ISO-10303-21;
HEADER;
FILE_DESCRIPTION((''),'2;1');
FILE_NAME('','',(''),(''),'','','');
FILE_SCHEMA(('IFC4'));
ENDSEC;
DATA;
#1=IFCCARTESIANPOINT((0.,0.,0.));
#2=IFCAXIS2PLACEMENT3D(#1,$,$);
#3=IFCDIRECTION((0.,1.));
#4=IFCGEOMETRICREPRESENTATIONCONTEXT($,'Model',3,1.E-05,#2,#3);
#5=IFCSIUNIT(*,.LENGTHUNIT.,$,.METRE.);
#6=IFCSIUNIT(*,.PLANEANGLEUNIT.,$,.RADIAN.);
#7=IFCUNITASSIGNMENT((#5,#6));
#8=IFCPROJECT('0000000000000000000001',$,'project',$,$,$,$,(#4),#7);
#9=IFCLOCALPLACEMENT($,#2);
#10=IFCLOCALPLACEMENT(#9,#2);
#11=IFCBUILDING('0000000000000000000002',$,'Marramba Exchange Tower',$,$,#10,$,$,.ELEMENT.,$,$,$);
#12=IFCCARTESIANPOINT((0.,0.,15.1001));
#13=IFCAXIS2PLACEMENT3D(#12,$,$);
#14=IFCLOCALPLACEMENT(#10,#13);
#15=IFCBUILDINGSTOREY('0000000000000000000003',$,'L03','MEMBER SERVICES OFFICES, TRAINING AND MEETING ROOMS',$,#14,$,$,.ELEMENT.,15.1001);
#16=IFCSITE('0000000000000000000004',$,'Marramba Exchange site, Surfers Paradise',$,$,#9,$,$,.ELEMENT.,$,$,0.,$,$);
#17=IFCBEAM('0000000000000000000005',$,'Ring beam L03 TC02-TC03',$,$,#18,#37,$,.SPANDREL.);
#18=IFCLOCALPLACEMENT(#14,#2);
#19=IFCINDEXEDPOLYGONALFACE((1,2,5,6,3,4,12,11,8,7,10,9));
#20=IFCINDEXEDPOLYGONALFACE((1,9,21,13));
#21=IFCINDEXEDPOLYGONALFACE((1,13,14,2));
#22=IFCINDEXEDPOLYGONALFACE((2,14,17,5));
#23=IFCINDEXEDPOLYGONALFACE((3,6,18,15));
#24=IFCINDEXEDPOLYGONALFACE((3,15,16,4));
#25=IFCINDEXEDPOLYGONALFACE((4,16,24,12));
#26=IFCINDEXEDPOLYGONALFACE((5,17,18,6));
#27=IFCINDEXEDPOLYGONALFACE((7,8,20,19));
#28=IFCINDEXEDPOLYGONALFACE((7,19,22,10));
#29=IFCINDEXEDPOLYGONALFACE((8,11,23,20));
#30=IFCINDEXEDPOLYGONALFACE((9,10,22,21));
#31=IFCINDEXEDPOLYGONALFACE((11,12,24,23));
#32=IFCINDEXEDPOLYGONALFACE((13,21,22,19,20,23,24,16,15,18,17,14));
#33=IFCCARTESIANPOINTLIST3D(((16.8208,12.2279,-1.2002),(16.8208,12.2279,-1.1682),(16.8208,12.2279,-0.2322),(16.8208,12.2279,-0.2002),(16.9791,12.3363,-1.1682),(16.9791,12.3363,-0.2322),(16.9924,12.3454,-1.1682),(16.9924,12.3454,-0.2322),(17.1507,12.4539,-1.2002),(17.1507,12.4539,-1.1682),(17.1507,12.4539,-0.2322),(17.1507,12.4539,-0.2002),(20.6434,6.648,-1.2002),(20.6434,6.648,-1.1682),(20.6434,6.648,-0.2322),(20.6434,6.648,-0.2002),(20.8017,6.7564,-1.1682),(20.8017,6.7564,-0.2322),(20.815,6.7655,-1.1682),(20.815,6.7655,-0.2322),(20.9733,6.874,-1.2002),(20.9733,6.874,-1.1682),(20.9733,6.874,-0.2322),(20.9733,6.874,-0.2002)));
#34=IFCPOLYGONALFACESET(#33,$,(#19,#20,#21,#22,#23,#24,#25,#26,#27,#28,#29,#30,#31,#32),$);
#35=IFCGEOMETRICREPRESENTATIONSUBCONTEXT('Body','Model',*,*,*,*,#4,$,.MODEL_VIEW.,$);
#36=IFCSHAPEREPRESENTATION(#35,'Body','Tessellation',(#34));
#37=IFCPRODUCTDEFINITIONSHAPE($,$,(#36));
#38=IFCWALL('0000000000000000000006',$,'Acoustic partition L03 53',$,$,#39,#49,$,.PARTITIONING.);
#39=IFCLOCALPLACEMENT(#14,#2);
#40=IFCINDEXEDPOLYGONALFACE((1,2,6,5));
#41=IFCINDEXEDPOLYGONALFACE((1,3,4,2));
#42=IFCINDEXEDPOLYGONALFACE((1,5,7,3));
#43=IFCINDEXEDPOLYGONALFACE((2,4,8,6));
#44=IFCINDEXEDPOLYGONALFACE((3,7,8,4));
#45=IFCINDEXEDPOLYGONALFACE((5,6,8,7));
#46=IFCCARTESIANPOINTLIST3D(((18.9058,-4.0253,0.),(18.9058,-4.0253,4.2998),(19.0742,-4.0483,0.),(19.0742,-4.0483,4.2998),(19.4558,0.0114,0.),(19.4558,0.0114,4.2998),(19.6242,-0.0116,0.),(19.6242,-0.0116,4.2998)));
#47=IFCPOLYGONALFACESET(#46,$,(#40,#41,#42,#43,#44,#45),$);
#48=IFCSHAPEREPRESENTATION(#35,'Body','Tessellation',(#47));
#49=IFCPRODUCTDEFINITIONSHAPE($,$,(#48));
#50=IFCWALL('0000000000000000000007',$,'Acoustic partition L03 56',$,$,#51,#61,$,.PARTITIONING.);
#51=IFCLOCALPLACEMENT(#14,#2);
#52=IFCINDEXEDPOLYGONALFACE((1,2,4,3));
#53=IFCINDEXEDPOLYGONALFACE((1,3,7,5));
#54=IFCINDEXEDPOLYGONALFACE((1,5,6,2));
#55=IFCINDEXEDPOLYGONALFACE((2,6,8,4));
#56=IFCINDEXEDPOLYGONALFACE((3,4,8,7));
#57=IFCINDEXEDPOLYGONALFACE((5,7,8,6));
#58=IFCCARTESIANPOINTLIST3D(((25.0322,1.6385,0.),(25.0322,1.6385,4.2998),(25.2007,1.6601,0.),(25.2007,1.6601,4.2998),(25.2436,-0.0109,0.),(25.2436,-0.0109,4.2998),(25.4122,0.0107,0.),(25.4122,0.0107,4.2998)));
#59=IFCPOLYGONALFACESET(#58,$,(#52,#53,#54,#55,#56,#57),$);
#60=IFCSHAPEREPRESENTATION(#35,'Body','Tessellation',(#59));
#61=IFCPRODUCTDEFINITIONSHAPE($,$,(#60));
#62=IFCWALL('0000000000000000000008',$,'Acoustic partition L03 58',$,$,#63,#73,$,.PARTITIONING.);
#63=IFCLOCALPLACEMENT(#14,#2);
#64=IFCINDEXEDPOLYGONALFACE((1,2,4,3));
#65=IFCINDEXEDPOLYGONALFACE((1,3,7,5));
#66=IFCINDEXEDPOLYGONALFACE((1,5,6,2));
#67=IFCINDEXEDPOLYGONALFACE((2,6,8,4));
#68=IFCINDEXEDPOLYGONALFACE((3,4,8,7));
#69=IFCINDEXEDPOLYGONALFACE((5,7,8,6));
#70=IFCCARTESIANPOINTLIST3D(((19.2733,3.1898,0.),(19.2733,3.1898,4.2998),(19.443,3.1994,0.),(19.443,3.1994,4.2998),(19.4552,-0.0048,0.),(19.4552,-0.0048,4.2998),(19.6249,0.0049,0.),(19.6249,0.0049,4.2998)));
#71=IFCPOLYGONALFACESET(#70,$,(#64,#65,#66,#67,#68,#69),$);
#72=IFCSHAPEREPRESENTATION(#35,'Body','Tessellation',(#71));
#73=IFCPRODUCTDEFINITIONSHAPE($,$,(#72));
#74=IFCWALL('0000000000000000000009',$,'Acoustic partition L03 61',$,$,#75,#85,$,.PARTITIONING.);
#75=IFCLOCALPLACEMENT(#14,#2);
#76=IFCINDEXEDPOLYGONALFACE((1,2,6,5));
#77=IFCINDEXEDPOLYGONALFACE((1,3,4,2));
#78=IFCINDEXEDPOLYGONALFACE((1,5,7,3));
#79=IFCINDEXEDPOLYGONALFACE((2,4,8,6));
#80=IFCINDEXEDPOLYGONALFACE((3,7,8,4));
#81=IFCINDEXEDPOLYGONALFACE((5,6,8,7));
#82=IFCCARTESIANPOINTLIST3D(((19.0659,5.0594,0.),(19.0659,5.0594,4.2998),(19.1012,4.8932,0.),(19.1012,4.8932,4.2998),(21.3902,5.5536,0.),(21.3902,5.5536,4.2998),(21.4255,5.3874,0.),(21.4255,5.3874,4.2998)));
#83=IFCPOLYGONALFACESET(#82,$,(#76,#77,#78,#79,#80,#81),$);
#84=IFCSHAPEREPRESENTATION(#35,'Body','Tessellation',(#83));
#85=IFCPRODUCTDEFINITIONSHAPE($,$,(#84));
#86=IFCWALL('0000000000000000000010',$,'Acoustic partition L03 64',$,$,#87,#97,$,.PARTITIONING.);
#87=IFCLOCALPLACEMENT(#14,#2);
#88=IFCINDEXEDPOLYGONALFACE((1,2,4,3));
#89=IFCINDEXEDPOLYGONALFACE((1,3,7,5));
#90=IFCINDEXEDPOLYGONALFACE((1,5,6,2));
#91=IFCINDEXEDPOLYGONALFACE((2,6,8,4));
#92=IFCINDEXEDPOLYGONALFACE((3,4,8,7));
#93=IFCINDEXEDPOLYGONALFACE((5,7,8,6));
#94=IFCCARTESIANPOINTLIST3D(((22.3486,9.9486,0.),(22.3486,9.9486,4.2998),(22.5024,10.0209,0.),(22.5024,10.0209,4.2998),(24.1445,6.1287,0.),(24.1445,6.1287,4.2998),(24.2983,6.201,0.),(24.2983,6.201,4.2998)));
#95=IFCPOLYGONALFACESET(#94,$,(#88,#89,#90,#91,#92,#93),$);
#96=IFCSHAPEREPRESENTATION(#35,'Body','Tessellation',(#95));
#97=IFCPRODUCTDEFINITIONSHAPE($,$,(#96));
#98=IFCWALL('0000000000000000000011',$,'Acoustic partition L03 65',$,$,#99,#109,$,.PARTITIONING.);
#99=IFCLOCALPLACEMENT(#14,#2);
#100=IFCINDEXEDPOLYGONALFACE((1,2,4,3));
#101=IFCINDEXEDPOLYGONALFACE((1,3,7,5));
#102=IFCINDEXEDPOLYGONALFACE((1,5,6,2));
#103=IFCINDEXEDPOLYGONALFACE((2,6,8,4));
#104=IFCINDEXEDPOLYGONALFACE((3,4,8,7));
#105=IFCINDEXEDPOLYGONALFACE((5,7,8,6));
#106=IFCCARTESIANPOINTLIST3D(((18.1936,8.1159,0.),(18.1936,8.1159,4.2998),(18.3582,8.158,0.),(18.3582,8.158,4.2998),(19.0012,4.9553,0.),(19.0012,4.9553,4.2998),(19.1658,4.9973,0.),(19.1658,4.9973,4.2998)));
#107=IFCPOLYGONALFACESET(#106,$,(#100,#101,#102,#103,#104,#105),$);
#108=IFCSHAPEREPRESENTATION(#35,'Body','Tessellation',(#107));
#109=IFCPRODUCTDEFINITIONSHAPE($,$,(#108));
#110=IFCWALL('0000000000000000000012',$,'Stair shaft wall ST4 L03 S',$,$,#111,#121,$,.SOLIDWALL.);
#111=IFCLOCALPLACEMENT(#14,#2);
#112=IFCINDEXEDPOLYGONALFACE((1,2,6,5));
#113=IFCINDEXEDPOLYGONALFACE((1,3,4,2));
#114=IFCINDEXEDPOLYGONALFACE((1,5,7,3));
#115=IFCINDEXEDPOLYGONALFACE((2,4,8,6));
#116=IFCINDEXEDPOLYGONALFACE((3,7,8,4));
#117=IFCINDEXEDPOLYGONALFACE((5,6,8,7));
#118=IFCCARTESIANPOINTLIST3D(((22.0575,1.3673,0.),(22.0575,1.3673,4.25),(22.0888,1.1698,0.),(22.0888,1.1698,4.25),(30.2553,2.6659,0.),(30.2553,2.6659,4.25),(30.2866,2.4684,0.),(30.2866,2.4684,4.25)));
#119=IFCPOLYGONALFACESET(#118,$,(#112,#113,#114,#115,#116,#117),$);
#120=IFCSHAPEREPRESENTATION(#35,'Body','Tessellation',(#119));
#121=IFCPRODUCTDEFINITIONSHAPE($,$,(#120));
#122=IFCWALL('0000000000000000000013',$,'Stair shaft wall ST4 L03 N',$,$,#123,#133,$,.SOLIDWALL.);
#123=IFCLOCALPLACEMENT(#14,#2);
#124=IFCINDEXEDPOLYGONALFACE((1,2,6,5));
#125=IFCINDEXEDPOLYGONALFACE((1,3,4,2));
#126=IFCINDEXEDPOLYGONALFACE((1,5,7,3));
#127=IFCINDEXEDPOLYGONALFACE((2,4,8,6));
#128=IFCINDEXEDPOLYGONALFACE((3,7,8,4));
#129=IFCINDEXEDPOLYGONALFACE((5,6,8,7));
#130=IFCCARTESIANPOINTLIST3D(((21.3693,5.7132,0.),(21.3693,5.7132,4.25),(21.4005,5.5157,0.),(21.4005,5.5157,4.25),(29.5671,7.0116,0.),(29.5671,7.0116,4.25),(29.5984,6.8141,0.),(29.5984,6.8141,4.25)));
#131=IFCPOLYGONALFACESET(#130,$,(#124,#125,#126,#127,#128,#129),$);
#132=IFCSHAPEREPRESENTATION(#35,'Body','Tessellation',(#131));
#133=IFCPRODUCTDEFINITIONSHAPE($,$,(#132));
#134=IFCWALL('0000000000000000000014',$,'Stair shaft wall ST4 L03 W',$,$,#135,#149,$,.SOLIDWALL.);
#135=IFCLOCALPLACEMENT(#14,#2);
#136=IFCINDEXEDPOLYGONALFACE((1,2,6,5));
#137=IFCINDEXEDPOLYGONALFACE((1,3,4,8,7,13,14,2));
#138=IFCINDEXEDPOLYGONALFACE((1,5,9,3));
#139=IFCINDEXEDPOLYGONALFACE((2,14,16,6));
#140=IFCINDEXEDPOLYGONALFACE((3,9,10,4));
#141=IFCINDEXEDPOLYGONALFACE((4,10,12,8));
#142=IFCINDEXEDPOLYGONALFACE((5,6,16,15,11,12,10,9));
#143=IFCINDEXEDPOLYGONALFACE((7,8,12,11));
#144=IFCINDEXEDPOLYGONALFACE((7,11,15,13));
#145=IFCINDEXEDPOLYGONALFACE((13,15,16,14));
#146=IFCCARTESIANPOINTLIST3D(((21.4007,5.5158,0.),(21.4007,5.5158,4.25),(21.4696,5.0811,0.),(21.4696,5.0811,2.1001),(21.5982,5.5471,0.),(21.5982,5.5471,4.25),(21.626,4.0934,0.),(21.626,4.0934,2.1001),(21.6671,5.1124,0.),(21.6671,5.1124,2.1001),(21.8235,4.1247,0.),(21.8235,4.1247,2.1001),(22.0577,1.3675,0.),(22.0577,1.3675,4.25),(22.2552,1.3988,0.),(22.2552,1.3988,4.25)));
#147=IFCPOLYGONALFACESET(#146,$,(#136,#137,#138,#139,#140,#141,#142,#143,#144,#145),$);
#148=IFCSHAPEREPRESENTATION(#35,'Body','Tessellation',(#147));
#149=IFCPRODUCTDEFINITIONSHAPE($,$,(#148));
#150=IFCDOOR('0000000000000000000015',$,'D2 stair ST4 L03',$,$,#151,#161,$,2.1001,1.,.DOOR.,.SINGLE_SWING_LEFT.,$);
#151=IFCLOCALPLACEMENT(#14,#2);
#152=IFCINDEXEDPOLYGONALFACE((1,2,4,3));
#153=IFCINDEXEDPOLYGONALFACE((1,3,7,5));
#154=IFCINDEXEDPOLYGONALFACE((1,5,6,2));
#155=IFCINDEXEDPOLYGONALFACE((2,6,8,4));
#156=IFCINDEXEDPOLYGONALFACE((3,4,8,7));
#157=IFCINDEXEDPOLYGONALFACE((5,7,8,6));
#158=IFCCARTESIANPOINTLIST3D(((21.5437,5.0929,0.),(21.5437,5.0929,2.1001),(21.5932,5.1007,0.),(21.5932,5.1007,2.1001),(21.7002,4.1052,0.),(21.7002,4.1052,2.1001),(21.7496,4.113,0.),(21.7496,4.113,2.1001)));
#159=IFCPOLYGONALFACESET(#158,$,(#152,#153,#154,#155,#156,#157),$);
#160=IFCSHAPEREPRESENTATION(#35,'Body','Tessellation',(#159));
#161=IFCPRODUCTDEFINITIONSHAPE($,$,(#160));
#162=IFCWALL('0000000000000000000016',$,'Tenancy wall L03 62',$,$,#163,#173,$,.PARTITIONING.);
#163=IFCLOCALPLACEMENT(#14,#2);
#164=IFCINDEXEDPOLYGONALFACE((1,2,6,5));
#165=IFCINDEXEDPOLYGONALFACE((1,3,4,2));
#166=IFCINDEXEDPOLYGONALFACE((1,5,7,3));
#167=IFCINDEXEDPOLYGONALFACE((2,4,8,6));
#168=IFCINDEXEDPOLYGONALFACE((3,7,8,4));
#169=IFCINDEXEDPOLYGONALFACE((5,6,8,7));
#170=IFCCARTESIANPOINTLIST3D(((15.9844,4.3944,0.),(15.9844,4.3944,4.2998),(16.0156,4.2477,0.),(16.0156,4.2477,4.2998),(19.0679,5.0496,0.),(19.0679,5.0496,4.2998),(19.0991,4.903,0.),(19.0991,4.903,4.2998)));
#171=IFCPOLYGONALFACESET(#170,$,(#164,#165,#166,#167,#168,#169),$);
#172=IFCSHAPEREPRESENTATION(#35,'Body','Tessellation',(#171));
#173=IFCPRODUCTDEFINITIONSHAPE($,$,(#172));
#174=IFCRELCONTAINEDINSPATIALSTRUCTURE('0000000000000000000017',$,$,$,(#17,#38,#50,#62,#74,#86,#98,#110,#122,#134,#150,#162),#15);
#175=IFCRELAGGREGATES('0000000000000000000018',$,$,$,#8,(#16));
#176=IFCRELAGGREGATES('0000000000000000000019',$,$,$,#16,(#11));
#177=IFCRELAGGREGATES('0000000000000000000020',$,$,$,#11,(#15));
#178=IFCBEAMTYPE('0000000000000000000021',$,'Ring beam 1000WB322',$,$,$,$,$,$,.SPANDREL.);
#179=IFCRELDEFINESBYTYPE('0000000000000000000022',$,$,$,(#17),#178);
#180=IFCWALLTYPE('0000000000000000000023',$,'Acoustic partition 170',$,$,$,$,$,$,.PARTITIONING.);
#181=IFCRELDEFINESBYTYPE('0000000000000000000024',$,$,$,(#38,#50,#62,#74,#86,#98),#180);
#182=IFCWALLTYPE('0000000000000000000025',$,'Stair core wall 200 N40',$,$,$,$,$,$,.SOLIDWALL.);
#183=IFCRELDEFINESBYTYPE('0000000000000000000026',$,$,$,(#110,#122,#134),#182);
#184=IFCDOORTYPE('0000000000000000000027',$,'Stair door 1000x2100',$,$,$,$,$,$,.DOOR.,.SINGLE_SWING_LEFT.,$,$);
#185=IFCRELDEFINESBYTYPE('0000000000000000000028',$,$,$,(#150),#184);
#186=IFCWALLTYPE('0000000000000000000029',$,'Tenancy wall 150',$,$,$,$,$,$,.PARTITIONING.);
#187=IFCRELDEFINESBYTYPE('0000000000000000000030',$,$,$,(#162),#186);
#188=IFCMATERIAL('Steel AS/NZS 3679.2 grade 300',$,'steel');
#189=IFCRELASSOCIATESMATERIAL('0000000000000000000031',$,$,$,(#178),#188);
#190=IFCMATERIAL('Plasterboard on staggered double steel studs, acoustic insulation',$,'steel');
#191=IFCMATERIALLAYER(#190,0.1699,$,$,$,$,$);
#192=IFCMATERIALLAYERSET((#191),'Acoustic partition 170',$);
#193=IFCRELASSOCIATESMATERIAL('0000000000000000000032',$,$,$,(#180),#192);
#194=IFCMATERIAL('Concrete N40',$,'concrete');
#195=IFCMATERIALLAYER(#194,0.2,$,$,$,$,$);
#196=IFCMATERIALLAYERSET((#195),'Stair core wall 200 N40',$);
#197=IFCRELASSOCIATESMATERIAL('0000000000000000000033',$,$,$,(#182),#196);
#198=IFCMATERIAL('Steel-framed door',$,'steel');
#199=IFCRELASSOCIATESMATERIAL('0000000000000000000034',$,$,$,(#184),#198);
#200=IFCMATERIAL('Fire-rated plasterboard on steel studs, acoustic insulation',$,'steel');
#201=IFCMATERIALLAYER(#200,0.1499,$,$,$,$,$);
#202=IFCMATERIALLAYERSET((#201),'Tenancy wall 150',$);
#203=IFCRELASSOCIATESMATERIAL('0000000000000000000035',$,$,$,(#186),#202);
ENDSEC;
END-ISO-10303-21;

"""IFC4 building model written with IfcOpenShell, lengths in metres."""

from ifc_helpers import new_model, si_unit, direction, frame, frame_2d, origin, origin_2d, place, context, subcontext, project, spatial, rectangle, i_section, extrude, material, layer, layer_set, material_profile, profile_set, type_object, element, fill, save


model = new_model("IFC4")

# Units and contexts
model_context = context("Model", 3, precision=1e-05, world=origin(), true_north=direction((0.0, 1.0)))
body_context = subcontext(model_context, "Body", "Model", "MODEL_VIEW")
ifc_project = project(units=[si_unit("LENGTHUNIT", "METRE"), si_unit("PLANEANGLEUNIT", "RADIAN")], contexts=[model_context])

# Site, building, storey
site_placement = place(None, origin())
site = spatial("IfcSite", under=ifc_project, at=site_placement, Name="Marramba Exchange site, Surfers Paradise", CompositionType="ELEMENT", RefElevation=0.0)
building_placement = place(site_placement, origin())
building = spatial("IfcBuilding", under=site, at=building_placement, Name="Marramba Exchange Tower", CompositionType="ELEMENT")
storey_placement = place(building_placement, frame((0.0, 0.0, 15.1001)))
storey = spatial("IfcBuildingStorey", under=building, at=storey_placement, Name="L03", Description="MEMBER SERVICES OFFICES, TRAINING AND MEETING ROOMS", CompositionType="ELEMENT", Elevation=15.1001)

# Beam
ifc_material_1 = material(Name="Steel AS/NZS 3679.2 grade 300", Category="steel")
ifc_material_profile_1 = material_profile(ifc_material_1, i_section(OverallWidth=0.3999, OverallDepth=1.0, WebThickness=0.0161, FlangeThickness=0.032, at=origin_2d()), Name="1000WB322")
ifc_profile_set_1 = profile_set([ifc_material_profile_1], Name="Steel AS/NZS 3679.2 grade 300")
beam_type_1 = type_object("IfcBeamType", Name="Ring beam 1000WB322", PredefinedType="SPANDREL", material=ifc_profile_set_1)
beam_1_placement = place(storey_placement, frame((20.8083, 6.761, -0.7002), z_axis=(-0.56516, 0.824981, 0.0), x_axis=(-0.824981, -0.56516, 0.0)))
element("IfcBeam", 1, at=beam_1_placement, inside=storey, type_object=beam_type_1, Name="Ring beam L03 TC02-TC03", PredefinedType="SPANDREL", context=body_context, shape_type="SweptSolid", body=[
    extrude(i_section(OverallWidth=0.3999, OverallDepth=1.0, WebThickness=0.0161, FlangeThickness=0.032, at=origin_2d()), origin(), (0.0, 0.0, 1.0), 6.7637),
])

# Walls
ifc_material_2 = material(Name="Plasterboard on staggered double steel studs, acoustic insulation", Category="steel")
ifc_layer_1 = layer(ifc_material_2, 0.1699)
ifc_layer_set_1 = layer_set([ifc_layer_1], Name="Acoustic partition 170")
wall_type_1 = type_object("IfcWallType", Name="Acoustic partition 170", PredefinedType="PARTITIONING", material=ifc_layer_set_1)
wall_1_placement = place(storey_placement, frame((19.54, 0.0, 0.0), z_axis=(0.0, 0.0, 1.0), x_axis=(-0.135017, -0.990843, 0.0)))
element("IfcWall", 2, at=wall_1_placement, inside=storey, type_object=wall_type_1, Name="Acoustic partition L03 53", PredefinedType="PARTITIONING", context=body_context, shape_type="SweptSolid", body=[
    extrude(rectangle(XDim=4.074, YDim=0.1699, at=frame_2d((2.0371, 0.0))), origin(), (0.0, 0.0, 1.0), 4.2998),
])
wall_2_placement = place(storey_placement, frame((25.1165, 1.6494, 0.0), z_axis=(0.0, 0.0, 1.0), x_axis=(0.127142, -0.991885, 0.0)))
element("IfcWall", 3, at=wall_2_placement, inside=storey, type_object=wall_type_1, Name="Acoustic partition L03 56", PredefinedType="PARTITIONING", context=body_context, shape_type="SweptSolid", body=[
    extrude(rectangle(XDim=1.6628, YDim=0.1699, at=frame_2d((0.8315, 0.0))), origin(), (0.0, 0.0, 1.0), 4.2998),
])
wall_3_placement = place(storey_placement, frame((19.3582, 3.1946, 0.0), z_axis=(0.0, 0.0, 1.0), x_axis=(0.056843, -0.998383, 0.0)))
element("IfcWall", 4, at=wall_3_placement, inside=storey, type_object=wall_type_1, Name="Acoustic partition L03 58", PredefinedType="PARTITIONING", context=body_context, shape_type="SweptSolid", body=[
    extrude(rectangle(XDim=3.1997, YDim=0.1699, at=frame_2d((1.5999, 0.0))), origin(), (0.0, 0.0, 1.0), 4.2998),
])
wall_4_placement = place(storey_placement, frame((21.4077, 5.4705, 0.0), z_axis=(0.0, 0.0, 1.0), x_axis=(-0.978138, -0.207957, 0.0)))
element("IfcWall", 5, at=wall_4_placement, inside=storey, type_object=wall_type_1, Name="Acoustic partition L03 61", PredefinedType="PARTITIONING", context=body_context, shape_type="SweptSolid", body=[
    extrude(rectangle(XDim=2.3762, YDim=0.1699, at=frame_2d((1.188, 0.0))), origin(), (0.0, 0.0, 1.0), 4.2998),
])
wall_5_placement = place(storey_placement, frame((22.4255, 9.9846, 0.0), z_axis=(0.0, 0.0, 1.0), x_axis=(0.425474, -0.904971, 0.0)))
element("IfcWall", 6, at=wall_5_placement, inside=storey, type_object=wall_type_1, Name="Acoustic partition L03 64", PredefinedType="PARTITIONING", context=body_context, shape_type="SweptSolid", body=[
    extrude(rectangle(XDim=4.2209, YDim=0.1699, at=frame_2d((2.1104, 0.0))), origin(), (0.0, 0.0, 1.0), 4.2998),
])
wall_6_placement = place(storey_placement, frame((18.2759, 8.137, 0.0), z_axis=(0.0, 0.0, 1.0), x_axis=(0.247569, -0.96887, 0.0)))
element("IfcWall", 7, at=wall_6_placement, inside=storey, type_object=wall_type_1, Name="Acoustic partition L03 65", PredefinedType="PARTITIONING", context=body_context, shape_type="SweptSolid", body=[
    extrude(rectangle(XDim=3.2622, YDim=0.1699, at=frame_2d((1.6311, 0.0))), origin(), (0.0, 0.0, 1.0), 4.2998),
])
ifc_material_3 = material(Name="Concrete N40", Category="concrete")
ifc_layer_2 = layer(ifc_material_3, 0.2)
ifc_layer_set_2 = layer_set([ifc_layer_2], Name="Stair core wall 200 N40")
wall_type_2 = type_object("IfcWallType", Name="Stair core wall 200 N40", PredefinedType="SOLIDWALL", material=ifc_layer_set_2)
for number, where, z_axis, x_axis, name in (
    (8, (22.0732, 1.2686, 0.0), (0.0, 0.0, 1.0), (0.987685, 0.156456, 0.0), "Stair shaft wall ST4 L03 S"),
    (9, (21.385, 5.6145, 0.0), (0.0, 0.0, 1.0), (0.987689, 0.156428, 0.0), "Stair shaft wall ST4 L03 N"),
):
    element("IfcWall", number, at=place(storey_placement, frame(where, z_axis=z_axis, x_axis=x_axis)), inside=storey, type_object=wall_type_2, Name=name, PredefinedType="SOLIDWALL", context=body_context, shape_type="SweptSolid", body=[
        extrude(rectangle(XDim=8.3, YDim=0.2, at=frame_2d((4.1499, 0.0))), origin(), (0.0, 0.0, 1.0), 4.25),
    ])

# Wall, opening, door
wall_7_placement = place(storey_placement, frame((22.1565, 1.3831, 0.0), z_axis=(0.0, 0.0, 1.0), x_axis=(-0.156428, 0.987689, 0.0)))
wall_7 = element("IfcWall", 10, at=wall_7_placement, inside=storey, type_object=wall_type_2, Name="Stair shaft wall ST4 L03 W", PredefinedType="SOLIDWALL", context=body_context, shape_type="SweptSolid", body=[
    extrude(rectangle(XDim=4.2, YDim=0.2, at=frame_2d((2.1001, 0.0))), origin(), (0.0, 0.0, 1.0), 4.25),
])
opening_placement = place(wall_7_placement, frame((2.76, 0.0, 0.0)))
opening = element("IfcOpeningElement", 11, at=opening_placement, cuts=wall_7, PredefinedType="OPENING", context=body_context, shape_type="SweptSolid", body=[
    extrude(rectangle(XDim=1.0, YDim=2.1001, at=frame_2d((0.5, 1.05))), frame((0.0, 0.1099, 0.0), z_axis=(0.0, -1.0, 0.0), x_axis=(1.0, 0.0, 0.0)), (0.0, 0.0, 1.0), 0.22),
])
ifc_material_4 = material(Name="Steel-framed door", Category="steel")
door_type = type_object("IfcDoorType", Name="Stair door 1000x2100", OperationType="SINGLE_SWING_LEFT", PredefinedType="DOOR", material=ifc_material_4)
door_placement = place(opening_placement, frame((1.0, 0.0, 0.0), z_axis=(0.0, 0.0, 1.0), x_axis=(-1.0, 0.0, 0.0)))
door = element("IfcDoor", 12, at=door_placement, inside=storey, type_object=door_type, Name="D2 stair ST4 L03", OperationType="SINGLE_SWING_LEFT", OverallHeight=2.1001, OverallWidth=1.0, PredefinedType="DOOR", context=body_context, shape_type="SweptSolid", body=[
    extrude(rectangle(XDim=1.0, YDim=2.1001, at=frame_2d((0.5, 1.05))), frame((0.0, 0.0251, 0.0), z_axis=(0.0, -1.0, 0.0), x_axis=(1.0, 0.0, 0.0)), (0.0, 0.0, 1.0), 0.05),
])
fill(opening, door)

# Wall
ifc_material_5 = material(Name="Fire-rated plasterboard on steel studs, acoustic insulation", Category="steel")
ifc_layer_3 = layer(ifc_material_5, 0.1499)
ifc_layer_set_3 = layer_set([ifc_layer_3], Name="Tenancy wall 150")
wall_type_3 = type_object("IfcWallType", Name="Tenancy wall 150", PredefinedType="PARTITIONING", material=ifc_layer_set_3)
wall_8_placement = place(storey_placement, frame((19.0835, 4.9763, 0.0), z_axis=(0.0, 0.0, 1.0), x_axis=(-0.978157, -0.207868, 0.0)))
element("IfcWall", 13, at=wall_8_placement, inside=storey, type_object=wall_type_3, Name="Tenancy wall L03 62", PredefinedType="PARTITIONING", context=body_context, shape_type="SweptSolid", body=[
    extrude(rectangle(XDim=3.1523, YDim=0.1499, at=frame_2d((1.5762, 0.0))), origin(), (0.0, 0.0, 1.0), 4.2998),
])

save(model, "model.ifc")
